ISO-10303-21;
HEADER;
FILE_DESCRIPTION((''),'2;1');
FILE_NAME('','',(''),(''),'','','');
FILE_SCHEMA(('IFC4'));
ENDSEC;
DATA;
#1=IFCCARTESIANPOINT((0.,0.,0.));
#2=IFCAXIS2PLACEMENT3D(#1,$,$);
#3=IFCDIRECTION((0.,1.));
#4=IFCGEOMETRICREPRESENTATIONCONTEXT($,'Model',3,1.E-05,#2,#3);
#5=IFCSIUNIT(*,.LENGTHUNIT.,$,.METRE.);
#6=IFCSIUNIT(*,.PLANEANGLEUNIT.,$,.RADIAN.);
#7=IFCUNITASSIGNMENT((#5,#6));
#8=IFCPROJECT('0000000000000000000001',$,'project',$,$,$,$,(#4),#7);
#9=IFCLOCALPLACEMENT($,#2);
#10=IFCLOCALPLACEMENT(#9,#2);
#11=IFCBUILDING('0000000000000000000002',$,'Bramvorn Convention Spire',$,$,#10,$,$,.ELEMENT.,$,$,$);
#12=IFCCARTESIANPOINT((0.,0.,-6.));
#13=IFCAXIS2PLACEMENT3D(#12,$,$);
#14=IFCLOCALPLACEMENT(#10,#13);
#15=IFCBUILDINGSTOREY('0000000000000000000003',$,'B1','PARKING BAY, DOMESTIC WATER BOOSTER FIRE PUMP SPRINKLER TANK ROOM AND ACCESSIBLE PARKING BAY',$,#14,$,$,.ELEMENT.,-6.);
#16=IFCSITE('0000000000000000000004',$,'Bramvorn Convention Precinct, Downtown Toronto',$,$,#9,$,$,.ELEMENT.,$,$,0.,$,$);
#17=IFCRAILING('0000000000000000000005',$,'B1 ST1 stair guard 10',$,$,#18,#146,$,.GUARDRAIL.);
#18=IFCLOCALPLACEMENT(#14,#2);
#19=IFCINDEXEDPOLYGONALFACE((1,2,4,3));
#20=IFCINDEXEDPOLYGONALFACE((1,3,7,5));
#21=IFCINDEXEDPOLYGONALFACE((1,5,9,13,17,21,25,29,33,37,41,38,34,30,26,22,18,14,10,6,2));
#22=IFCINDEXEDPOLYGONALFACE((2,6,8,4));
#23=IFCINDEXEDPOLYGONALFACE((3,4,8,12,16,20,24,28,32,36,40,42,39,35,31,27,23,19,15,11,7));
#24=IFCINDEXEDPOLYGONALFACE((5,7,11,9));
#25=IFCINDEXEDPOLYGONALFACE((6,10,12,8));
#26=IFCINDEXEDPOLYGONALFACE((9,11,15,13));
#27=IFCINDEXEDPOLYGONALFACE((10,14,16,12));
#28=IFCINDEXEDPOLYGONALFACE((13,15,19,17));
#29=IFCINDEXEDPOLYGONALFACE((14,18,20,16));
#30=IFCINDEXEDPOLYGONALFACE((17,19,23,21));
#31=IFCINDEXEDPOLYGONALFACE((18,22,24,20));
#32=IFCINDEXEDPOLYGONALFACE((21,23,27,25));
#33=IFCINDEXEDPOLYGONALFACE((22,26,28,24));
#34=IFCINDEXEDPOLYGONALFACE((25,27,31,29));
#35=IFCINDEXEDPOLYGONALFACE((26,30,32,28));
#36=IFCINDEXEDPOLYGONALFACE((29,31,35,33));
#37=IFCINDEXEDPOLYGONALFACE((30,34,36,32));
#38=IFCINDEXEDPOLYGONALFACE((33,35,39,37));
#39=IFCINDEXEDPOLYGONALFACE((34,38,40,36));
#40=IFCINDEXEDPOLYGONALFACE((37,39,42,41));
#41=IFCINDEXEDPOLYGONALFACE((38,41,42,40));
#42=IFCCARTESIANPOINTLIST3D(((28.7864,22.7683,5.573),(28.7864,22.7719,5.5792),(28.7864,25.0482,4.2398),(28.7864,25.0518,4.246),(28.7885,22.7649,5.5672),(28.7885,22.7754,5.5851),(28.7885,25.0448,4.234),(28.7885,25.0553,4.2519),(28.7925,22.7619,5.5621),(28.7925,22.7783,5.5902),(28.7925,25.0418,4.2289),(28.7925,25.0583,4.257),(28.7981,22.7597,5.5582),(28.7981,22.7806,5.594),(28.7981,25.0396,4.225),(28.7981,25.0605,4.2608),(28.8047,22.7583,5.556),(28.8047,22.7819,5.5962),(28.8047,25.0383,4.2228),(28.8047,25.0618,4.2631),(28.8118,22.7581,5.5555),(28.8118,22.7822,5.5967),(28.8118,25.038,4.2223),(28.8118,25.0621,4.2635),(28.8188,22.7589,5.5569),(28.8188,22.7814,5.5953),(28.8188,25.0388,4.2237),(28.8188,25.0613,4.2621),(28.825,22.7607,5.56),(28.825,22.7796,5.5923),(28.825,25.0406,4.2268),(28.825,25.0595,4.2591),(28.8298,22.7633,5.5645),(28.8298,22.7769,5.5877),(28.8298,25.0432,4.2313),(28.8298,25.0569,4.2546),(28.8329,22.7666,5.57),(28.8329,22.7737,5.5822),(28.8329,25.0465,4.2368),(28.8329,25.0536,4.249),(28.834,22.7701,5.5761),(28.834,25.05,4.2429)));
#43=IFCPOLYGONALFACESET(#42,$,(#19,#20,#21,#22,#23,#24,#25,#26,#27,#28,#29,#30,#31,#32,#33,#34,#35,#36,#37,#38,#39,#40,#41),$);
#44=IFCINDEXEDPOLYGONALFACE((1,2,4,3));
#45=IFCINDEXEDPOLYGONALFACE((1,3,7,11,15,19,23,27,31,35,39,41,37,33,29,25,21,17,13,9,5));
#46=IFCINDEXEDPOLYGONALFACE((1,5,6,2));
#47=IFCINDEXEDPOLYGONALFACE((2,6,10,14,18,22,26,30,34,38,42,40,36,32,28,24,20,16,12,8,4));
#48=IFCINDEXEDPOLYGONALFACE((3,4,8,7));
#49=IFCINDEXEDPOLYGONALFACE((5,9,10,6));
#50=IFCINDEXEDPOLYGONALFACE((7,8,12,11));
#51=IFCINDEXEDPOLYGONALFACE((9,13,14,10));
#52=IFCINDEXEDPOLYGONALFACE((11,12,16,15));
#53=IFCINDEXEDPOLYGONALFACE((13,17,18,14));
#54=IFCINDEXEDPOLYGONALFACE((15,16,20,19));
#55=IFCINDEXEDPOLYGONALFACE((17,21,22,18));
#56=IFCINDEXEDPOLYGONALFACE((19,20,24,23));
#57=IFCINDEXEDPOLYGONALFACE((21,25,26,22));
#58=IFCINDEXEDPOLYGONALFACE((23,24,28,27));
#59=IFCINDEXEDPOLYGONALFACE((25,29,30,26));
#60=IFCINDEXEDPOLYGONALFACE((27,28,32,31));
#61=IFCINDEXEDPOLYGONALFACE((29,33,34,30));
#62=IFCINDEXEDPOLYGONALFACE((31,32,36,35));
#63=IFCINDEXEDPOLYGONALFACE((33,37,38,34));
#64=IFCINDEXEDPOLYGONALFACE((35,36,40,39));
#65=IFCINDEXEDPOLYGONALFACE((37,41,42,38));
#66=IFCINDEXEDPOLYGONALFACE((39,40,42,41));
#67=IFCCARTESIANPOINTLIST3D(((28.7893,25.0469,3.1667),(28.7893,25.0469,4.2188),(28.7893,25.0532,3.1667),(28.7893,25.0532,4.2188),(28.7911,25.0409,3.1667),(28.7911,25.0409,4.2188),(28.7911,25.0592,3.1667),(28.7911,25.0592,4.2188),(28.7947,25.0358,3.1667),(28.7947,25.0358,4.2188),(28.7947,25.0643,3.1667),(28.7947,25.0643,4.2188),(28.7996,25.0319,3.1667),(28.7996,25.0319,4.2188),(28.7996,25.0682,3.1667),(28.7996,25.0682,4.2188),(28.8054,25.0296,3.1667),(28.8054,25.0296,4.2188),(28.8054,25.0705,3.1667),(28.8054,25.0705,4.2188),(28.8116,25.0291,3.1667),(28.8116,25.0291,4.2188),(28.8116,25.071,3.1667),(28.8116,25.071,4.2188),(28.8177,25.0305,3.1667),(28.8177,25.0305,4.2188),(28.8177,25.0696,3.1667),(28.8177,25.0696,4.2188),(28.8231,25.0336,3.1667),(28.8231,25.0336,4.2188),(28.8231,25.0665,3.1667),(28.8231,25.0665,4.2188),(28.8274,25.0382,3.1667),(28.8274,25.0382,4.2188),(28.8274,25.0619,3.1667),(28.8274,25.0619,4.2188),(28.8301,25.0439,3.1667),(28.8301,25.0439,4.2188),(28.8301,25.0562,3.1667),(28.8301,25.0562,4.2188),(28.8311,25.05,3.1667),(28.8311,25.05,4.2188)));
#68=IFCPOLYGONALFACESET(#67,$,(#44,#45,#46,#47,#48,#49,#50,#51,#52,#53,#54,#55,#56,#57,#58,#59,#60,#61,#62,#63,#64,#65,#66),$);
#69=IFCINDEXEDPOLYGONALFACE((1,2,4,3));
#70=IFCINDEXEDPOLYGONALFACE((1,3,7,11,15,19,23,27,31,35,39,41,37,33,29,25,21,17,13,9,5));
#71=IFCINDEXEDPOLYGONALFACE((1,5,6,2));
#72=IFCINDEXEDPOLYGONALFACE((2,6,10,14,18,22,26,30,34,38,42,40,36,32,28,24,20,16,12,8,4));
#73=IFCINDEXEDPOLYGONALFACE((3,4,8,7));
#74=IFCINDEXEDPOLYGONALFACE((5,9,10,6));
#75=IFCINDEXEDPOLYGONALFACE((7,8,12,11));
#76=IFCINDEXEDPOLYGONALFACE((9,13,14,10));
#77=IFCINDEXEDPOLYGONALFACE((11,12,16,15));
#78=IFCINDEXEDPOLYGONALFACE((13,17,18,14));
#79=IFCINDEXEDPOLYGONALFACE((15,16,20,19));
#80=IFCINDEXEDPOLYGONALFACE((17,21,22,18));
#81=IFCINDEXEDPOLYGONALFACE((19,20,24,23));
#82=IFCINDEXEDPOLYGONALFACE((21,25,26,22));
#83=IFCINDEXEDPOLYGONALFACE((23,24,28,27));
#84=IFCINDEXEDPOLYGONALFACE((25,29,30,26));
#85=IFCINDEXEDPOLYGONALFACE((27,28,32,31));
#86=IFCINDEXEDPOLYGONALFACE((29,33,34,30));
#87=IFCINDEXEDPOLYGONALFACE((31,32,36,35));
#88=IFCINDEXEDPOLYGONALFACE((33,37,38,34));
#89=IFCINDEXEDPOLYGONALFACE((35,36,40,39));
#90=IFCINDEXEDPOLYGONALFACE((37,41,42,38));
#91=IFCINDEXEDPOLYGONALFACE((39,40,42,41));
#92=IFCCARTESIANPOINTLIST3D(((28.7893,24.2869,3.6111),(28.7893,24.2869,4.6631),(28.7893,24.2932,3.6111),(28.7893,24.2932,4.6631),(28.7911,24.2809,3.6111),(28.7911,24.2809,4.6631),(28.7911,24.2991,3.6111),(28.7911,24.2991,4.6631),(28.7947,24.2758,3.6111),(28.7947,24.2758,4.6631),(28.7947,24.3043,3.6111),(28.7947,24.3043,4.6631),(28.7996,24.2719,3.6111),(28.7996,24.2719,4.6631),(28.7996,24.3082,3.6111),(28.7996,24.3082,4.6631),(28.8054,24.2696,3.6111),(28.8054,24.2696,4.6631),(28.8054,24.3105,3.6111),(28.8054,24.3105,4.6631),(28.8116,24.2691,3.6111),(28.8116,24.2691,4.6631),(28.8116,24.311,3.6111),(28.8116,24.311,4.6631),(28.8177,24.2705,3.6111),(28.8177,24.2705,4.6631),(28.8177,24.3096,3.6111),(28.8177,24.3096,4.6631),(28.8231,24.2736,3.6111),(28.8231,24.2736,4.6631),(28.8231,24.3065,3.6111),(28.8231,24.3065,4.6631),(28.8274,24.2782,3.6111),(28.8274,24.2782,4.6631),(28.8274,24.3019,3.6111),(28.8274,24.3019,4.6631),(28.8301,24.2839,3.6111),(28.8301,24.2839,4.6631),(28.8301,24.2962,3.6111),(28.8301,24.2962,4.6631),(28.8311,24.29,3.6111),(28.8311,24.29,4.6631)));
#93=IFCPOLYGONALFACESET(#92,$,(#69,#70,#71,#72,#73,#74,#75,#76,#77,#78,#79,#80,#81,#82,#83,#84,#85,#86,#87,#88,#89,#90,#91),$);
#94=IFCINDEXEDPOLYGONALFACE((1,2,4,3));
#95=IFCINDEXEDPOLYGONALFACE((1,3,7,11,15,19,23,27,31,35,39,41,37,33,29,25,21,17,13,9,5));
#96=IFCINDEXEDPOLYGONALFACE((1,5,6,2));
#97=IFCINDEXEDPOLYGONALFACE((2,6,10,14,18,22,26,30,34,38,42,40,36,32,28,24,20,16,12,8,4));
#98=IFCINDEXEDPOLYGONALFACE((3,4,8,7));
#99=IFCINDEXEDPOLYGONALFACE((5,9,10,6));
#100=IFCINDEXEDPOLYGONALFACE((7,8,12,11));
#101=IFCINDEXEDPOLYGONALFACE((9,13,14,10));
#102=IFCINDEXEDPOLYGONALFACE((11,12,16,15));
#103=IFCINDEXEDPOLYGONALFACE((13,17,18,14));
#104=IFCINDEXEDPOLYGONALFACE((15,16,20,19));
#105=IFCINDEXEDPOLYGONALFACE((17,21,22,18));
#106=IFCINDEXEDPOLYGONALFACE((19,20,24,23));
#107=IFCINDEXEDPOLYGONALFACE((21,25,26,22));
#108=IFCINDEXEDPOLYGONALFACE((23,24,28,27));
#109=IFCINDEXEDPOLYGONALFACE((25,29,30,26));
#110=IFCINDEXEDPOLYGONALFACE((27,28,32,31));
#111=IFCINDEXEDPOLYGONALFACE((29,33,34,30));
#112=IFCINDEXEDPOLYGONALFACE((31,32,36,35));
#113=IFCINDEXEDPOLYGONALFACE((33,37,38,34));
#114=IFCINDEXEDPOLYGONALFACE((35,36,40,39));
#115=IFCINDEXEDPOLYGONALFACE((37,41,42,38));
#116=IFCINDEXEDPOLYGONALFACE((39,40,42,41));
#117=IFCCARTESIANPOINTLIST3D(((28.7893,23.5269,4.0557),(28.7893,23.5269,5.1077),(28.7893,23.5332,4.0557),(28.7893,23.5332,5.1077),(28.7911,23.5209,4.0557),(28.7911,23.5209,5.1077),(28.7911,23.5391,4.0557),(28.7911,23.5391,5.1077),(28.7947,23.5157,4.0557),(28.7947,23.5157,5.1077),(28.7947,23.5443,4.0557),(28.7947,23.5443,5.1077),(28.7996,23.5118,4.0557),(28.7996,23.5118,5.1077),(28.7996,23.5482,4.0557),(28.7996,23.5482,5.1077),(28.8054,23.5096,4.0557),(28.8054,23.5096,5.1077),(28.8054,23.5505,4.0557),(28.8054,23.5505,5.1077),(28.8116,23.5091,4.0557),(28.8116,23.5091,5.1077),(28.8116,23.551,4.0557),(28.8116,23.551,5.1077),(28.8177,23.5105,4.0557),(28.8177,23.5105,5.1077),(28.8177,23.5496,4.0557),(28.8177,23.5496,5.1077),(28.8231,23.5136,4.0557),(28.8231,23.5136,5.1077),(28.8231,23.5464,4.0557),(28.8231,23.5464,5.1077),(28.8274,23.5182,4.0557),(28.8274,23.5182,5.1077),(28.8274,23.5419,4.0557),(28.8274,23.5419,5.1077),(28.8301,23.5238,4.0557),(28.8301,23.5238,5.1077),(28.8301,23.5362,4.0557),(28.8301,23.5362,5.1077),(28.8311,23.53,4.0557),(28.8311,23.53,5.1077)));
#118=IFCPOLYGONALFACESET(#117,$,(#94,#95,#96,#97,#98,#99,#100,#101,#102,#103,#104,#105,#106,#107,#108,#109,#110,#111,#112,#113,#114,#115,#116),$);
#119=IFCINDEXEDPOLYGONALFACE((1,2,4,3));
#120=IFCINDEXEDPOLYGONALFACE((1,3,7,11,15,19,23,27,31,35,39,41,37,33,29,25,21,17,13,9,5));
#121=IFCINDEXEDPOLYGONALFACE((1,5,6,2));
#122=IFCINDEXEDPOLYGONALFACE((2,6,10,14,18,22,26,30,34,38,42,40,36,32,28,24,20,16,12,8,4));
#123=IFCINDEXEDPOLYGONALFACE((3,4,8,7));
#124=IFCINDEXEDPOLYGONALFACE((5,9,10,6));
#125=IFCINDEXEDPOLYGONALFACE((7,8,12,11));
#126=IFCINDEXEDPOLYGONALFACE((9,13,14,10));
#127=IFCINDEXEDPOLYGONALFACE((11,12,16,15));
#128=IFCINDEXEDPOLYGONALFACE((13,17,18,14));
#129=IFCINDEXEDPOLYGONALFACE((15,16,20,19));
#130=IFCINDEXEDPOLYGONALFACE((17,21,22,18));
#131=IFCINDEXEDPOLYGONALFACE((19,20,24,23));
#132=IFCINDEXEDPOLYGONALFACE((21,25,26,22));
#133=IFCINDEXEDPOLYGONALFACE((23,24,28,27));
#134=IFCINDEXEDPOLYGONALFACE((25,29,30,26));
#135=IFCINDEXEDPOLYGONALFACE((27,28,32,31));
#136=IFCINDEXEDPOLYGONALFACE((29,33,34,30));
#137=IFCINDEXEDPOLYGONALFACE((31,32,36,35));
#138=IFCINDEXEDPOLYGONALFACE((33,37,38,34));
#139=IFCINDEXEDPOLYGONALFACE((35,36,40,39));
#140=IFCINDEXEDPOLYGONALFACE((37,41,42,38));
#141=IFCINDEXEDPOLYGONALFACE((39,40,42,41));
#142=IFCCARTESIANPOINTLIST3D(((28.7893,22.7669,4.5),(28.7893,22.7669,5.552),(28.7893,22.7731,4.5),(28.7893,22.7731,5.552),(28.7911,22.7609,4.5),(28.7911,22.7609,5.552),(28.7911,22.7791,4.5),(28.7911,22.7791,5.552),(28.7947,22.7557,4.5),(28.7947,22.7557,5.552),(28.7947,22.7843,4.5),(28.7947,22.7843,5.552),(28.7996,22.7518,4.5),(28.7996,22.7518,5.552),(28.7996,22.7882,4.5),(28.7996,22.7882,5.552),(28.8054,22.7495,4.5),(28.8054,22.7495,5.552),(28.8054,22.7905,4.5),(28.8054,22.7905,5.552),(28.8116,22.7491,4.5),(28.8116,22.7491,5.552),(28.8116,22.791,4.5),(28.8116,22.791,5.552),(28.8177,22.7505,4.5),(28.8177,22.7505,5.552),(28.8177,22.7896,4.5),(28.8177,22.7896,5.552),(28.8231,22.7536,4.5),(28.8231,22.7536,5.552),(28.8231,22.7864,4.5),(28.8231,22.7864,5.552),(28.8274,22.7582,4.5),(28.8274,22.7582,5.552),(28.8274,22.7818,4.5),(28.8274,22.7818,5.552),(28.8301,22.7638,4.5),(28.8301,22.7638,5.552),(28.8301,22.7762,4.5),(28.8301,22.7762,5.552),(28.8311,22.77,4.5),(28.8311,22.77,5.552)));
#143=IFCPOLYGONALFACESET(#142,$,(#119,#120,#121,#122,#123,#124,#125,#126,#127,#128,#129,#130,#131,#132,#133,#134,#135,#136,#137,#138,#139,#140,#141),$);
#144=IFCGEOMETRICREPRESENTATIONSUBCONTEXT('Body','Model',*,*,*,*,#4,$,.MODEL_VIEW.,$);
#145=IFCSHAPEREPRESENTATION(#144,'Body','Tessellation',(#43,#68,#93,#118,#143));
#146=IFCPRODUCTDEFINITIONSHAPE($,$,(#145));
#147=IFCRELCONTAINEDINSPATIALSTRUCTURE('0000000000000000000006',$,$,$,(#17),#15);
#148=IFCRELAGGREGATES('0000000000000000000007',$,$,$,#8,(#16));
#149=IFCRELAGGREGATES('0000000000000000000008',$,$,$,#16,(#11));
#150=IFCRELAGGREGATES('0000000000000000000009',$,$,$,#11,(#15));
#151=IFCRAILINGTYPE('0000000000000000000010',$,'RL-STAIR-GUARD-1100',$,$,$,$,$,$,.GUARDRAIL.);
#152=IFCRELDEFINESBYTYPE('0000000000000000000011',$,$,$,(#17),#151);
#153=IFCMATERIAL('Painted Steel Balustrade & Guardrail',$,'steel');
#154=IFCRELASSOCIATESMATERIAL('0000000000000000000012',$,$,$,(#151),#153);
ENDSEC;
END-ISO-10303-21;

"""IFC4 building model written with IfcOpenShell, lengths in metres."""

from ifc_helpers import new_model, si_unit, direction, frame, origin, origin_2d, place, context, subcontext, project, spatial, circle, extrude, material, type_object, element, save


model = new_model("IFC4")

# Units and contexts
model_context = context("Model", 3, precision=1e-05, world=origin(), true_north=direction((0.0, 1.0)))
body_context = subcontext(model_context, "Body", "Model", "MODEL_VIEW")
ifc_project = project(units=[si_unit("LENGTHUNIT", "METRE"), si_unit("PLANEANGLEUNIT", "RADIAN")], contexts=[model_context])

# Site, building, storey
site_placement = place(None, origin())
site = spatial("IfcSite", under=ifc_project, at=site_placement, Name="Bramvorn Convention Precinct, Downtown Toronto", CompositionType="ELEMENT", RefElevation=0.0)
building_placement = place(site_placement, origin())
building = spatial("IfcBuilding", under=site, at=building_placement, Name="Bramvorn Convention Spire", CompositionType="ELEMENT")
storey_placement = place(building_placement, frame((0.0, 0.0, -6.0)))
storey = spatial("IfcBuildingStorey", under=building, at=storey_placement, Name="B1", Description="PARKING BAY, DOMESTIC WATER BOOSTER FIRE PUMP SPRINKLER TANK ROOM AND ACCESSIBLE PARKING BAY", CompositionType="ELEMENT", Elevation=-6.0)

# Railing
ifc_material_1 = material(Name="Painted Steel Balustrade & Guardrail", Category="steel")
railing_type_1 = type_object("IfcRailingType", Name="RL-STAIR-GUARD-1100", PredefinedType="GUARDRAIL", material=ifc_material_1)
railing_1_placement = place(storey_placement, frame((28.8101, 25.05, 3.1667)))
element("IfcRailing", 1, at=railing_1_placement, inside=storey, type_object=railing_type_1, Name="B1 ST1 stair guard 10", PredefinedType="GUARDRAIL", context=body_context, shape_type="SweptSolid", body=[
    extrude(circle(Radius=0.0239, at=origin_2d()), frame((0.0, 0.0, 1.0762), z_axis=(0.0, -0.863245, 0.504785), x_axis=(1.0, 0.0, 0.0)), (0.0, 0.0, 1.0), 2.6411),
    extrude(circle(Radius=0.021, at=origin_2d()), origin(), (0.0, 0.0, 1.0), 1.052),
    extrude(circle(Radius=0.021, at=origin_2d()), frame((0.0, -0.76, 0.4443)), (0.0, 0.0, 1.0), 1.052),
    extrude(circle(Radius=0.021, at=origin_2d()), frame((0.0, -1.52, 0.8889)), (0.0, 0.0, 1.0), 1.052),
    extrude(circle(Radius=0.021, at=origin_2d()), frame((0.0, -2.28, 1.3333)), (0.0, 0.0, 1.0), 1.052),
])

save(model, "model.ifc")
